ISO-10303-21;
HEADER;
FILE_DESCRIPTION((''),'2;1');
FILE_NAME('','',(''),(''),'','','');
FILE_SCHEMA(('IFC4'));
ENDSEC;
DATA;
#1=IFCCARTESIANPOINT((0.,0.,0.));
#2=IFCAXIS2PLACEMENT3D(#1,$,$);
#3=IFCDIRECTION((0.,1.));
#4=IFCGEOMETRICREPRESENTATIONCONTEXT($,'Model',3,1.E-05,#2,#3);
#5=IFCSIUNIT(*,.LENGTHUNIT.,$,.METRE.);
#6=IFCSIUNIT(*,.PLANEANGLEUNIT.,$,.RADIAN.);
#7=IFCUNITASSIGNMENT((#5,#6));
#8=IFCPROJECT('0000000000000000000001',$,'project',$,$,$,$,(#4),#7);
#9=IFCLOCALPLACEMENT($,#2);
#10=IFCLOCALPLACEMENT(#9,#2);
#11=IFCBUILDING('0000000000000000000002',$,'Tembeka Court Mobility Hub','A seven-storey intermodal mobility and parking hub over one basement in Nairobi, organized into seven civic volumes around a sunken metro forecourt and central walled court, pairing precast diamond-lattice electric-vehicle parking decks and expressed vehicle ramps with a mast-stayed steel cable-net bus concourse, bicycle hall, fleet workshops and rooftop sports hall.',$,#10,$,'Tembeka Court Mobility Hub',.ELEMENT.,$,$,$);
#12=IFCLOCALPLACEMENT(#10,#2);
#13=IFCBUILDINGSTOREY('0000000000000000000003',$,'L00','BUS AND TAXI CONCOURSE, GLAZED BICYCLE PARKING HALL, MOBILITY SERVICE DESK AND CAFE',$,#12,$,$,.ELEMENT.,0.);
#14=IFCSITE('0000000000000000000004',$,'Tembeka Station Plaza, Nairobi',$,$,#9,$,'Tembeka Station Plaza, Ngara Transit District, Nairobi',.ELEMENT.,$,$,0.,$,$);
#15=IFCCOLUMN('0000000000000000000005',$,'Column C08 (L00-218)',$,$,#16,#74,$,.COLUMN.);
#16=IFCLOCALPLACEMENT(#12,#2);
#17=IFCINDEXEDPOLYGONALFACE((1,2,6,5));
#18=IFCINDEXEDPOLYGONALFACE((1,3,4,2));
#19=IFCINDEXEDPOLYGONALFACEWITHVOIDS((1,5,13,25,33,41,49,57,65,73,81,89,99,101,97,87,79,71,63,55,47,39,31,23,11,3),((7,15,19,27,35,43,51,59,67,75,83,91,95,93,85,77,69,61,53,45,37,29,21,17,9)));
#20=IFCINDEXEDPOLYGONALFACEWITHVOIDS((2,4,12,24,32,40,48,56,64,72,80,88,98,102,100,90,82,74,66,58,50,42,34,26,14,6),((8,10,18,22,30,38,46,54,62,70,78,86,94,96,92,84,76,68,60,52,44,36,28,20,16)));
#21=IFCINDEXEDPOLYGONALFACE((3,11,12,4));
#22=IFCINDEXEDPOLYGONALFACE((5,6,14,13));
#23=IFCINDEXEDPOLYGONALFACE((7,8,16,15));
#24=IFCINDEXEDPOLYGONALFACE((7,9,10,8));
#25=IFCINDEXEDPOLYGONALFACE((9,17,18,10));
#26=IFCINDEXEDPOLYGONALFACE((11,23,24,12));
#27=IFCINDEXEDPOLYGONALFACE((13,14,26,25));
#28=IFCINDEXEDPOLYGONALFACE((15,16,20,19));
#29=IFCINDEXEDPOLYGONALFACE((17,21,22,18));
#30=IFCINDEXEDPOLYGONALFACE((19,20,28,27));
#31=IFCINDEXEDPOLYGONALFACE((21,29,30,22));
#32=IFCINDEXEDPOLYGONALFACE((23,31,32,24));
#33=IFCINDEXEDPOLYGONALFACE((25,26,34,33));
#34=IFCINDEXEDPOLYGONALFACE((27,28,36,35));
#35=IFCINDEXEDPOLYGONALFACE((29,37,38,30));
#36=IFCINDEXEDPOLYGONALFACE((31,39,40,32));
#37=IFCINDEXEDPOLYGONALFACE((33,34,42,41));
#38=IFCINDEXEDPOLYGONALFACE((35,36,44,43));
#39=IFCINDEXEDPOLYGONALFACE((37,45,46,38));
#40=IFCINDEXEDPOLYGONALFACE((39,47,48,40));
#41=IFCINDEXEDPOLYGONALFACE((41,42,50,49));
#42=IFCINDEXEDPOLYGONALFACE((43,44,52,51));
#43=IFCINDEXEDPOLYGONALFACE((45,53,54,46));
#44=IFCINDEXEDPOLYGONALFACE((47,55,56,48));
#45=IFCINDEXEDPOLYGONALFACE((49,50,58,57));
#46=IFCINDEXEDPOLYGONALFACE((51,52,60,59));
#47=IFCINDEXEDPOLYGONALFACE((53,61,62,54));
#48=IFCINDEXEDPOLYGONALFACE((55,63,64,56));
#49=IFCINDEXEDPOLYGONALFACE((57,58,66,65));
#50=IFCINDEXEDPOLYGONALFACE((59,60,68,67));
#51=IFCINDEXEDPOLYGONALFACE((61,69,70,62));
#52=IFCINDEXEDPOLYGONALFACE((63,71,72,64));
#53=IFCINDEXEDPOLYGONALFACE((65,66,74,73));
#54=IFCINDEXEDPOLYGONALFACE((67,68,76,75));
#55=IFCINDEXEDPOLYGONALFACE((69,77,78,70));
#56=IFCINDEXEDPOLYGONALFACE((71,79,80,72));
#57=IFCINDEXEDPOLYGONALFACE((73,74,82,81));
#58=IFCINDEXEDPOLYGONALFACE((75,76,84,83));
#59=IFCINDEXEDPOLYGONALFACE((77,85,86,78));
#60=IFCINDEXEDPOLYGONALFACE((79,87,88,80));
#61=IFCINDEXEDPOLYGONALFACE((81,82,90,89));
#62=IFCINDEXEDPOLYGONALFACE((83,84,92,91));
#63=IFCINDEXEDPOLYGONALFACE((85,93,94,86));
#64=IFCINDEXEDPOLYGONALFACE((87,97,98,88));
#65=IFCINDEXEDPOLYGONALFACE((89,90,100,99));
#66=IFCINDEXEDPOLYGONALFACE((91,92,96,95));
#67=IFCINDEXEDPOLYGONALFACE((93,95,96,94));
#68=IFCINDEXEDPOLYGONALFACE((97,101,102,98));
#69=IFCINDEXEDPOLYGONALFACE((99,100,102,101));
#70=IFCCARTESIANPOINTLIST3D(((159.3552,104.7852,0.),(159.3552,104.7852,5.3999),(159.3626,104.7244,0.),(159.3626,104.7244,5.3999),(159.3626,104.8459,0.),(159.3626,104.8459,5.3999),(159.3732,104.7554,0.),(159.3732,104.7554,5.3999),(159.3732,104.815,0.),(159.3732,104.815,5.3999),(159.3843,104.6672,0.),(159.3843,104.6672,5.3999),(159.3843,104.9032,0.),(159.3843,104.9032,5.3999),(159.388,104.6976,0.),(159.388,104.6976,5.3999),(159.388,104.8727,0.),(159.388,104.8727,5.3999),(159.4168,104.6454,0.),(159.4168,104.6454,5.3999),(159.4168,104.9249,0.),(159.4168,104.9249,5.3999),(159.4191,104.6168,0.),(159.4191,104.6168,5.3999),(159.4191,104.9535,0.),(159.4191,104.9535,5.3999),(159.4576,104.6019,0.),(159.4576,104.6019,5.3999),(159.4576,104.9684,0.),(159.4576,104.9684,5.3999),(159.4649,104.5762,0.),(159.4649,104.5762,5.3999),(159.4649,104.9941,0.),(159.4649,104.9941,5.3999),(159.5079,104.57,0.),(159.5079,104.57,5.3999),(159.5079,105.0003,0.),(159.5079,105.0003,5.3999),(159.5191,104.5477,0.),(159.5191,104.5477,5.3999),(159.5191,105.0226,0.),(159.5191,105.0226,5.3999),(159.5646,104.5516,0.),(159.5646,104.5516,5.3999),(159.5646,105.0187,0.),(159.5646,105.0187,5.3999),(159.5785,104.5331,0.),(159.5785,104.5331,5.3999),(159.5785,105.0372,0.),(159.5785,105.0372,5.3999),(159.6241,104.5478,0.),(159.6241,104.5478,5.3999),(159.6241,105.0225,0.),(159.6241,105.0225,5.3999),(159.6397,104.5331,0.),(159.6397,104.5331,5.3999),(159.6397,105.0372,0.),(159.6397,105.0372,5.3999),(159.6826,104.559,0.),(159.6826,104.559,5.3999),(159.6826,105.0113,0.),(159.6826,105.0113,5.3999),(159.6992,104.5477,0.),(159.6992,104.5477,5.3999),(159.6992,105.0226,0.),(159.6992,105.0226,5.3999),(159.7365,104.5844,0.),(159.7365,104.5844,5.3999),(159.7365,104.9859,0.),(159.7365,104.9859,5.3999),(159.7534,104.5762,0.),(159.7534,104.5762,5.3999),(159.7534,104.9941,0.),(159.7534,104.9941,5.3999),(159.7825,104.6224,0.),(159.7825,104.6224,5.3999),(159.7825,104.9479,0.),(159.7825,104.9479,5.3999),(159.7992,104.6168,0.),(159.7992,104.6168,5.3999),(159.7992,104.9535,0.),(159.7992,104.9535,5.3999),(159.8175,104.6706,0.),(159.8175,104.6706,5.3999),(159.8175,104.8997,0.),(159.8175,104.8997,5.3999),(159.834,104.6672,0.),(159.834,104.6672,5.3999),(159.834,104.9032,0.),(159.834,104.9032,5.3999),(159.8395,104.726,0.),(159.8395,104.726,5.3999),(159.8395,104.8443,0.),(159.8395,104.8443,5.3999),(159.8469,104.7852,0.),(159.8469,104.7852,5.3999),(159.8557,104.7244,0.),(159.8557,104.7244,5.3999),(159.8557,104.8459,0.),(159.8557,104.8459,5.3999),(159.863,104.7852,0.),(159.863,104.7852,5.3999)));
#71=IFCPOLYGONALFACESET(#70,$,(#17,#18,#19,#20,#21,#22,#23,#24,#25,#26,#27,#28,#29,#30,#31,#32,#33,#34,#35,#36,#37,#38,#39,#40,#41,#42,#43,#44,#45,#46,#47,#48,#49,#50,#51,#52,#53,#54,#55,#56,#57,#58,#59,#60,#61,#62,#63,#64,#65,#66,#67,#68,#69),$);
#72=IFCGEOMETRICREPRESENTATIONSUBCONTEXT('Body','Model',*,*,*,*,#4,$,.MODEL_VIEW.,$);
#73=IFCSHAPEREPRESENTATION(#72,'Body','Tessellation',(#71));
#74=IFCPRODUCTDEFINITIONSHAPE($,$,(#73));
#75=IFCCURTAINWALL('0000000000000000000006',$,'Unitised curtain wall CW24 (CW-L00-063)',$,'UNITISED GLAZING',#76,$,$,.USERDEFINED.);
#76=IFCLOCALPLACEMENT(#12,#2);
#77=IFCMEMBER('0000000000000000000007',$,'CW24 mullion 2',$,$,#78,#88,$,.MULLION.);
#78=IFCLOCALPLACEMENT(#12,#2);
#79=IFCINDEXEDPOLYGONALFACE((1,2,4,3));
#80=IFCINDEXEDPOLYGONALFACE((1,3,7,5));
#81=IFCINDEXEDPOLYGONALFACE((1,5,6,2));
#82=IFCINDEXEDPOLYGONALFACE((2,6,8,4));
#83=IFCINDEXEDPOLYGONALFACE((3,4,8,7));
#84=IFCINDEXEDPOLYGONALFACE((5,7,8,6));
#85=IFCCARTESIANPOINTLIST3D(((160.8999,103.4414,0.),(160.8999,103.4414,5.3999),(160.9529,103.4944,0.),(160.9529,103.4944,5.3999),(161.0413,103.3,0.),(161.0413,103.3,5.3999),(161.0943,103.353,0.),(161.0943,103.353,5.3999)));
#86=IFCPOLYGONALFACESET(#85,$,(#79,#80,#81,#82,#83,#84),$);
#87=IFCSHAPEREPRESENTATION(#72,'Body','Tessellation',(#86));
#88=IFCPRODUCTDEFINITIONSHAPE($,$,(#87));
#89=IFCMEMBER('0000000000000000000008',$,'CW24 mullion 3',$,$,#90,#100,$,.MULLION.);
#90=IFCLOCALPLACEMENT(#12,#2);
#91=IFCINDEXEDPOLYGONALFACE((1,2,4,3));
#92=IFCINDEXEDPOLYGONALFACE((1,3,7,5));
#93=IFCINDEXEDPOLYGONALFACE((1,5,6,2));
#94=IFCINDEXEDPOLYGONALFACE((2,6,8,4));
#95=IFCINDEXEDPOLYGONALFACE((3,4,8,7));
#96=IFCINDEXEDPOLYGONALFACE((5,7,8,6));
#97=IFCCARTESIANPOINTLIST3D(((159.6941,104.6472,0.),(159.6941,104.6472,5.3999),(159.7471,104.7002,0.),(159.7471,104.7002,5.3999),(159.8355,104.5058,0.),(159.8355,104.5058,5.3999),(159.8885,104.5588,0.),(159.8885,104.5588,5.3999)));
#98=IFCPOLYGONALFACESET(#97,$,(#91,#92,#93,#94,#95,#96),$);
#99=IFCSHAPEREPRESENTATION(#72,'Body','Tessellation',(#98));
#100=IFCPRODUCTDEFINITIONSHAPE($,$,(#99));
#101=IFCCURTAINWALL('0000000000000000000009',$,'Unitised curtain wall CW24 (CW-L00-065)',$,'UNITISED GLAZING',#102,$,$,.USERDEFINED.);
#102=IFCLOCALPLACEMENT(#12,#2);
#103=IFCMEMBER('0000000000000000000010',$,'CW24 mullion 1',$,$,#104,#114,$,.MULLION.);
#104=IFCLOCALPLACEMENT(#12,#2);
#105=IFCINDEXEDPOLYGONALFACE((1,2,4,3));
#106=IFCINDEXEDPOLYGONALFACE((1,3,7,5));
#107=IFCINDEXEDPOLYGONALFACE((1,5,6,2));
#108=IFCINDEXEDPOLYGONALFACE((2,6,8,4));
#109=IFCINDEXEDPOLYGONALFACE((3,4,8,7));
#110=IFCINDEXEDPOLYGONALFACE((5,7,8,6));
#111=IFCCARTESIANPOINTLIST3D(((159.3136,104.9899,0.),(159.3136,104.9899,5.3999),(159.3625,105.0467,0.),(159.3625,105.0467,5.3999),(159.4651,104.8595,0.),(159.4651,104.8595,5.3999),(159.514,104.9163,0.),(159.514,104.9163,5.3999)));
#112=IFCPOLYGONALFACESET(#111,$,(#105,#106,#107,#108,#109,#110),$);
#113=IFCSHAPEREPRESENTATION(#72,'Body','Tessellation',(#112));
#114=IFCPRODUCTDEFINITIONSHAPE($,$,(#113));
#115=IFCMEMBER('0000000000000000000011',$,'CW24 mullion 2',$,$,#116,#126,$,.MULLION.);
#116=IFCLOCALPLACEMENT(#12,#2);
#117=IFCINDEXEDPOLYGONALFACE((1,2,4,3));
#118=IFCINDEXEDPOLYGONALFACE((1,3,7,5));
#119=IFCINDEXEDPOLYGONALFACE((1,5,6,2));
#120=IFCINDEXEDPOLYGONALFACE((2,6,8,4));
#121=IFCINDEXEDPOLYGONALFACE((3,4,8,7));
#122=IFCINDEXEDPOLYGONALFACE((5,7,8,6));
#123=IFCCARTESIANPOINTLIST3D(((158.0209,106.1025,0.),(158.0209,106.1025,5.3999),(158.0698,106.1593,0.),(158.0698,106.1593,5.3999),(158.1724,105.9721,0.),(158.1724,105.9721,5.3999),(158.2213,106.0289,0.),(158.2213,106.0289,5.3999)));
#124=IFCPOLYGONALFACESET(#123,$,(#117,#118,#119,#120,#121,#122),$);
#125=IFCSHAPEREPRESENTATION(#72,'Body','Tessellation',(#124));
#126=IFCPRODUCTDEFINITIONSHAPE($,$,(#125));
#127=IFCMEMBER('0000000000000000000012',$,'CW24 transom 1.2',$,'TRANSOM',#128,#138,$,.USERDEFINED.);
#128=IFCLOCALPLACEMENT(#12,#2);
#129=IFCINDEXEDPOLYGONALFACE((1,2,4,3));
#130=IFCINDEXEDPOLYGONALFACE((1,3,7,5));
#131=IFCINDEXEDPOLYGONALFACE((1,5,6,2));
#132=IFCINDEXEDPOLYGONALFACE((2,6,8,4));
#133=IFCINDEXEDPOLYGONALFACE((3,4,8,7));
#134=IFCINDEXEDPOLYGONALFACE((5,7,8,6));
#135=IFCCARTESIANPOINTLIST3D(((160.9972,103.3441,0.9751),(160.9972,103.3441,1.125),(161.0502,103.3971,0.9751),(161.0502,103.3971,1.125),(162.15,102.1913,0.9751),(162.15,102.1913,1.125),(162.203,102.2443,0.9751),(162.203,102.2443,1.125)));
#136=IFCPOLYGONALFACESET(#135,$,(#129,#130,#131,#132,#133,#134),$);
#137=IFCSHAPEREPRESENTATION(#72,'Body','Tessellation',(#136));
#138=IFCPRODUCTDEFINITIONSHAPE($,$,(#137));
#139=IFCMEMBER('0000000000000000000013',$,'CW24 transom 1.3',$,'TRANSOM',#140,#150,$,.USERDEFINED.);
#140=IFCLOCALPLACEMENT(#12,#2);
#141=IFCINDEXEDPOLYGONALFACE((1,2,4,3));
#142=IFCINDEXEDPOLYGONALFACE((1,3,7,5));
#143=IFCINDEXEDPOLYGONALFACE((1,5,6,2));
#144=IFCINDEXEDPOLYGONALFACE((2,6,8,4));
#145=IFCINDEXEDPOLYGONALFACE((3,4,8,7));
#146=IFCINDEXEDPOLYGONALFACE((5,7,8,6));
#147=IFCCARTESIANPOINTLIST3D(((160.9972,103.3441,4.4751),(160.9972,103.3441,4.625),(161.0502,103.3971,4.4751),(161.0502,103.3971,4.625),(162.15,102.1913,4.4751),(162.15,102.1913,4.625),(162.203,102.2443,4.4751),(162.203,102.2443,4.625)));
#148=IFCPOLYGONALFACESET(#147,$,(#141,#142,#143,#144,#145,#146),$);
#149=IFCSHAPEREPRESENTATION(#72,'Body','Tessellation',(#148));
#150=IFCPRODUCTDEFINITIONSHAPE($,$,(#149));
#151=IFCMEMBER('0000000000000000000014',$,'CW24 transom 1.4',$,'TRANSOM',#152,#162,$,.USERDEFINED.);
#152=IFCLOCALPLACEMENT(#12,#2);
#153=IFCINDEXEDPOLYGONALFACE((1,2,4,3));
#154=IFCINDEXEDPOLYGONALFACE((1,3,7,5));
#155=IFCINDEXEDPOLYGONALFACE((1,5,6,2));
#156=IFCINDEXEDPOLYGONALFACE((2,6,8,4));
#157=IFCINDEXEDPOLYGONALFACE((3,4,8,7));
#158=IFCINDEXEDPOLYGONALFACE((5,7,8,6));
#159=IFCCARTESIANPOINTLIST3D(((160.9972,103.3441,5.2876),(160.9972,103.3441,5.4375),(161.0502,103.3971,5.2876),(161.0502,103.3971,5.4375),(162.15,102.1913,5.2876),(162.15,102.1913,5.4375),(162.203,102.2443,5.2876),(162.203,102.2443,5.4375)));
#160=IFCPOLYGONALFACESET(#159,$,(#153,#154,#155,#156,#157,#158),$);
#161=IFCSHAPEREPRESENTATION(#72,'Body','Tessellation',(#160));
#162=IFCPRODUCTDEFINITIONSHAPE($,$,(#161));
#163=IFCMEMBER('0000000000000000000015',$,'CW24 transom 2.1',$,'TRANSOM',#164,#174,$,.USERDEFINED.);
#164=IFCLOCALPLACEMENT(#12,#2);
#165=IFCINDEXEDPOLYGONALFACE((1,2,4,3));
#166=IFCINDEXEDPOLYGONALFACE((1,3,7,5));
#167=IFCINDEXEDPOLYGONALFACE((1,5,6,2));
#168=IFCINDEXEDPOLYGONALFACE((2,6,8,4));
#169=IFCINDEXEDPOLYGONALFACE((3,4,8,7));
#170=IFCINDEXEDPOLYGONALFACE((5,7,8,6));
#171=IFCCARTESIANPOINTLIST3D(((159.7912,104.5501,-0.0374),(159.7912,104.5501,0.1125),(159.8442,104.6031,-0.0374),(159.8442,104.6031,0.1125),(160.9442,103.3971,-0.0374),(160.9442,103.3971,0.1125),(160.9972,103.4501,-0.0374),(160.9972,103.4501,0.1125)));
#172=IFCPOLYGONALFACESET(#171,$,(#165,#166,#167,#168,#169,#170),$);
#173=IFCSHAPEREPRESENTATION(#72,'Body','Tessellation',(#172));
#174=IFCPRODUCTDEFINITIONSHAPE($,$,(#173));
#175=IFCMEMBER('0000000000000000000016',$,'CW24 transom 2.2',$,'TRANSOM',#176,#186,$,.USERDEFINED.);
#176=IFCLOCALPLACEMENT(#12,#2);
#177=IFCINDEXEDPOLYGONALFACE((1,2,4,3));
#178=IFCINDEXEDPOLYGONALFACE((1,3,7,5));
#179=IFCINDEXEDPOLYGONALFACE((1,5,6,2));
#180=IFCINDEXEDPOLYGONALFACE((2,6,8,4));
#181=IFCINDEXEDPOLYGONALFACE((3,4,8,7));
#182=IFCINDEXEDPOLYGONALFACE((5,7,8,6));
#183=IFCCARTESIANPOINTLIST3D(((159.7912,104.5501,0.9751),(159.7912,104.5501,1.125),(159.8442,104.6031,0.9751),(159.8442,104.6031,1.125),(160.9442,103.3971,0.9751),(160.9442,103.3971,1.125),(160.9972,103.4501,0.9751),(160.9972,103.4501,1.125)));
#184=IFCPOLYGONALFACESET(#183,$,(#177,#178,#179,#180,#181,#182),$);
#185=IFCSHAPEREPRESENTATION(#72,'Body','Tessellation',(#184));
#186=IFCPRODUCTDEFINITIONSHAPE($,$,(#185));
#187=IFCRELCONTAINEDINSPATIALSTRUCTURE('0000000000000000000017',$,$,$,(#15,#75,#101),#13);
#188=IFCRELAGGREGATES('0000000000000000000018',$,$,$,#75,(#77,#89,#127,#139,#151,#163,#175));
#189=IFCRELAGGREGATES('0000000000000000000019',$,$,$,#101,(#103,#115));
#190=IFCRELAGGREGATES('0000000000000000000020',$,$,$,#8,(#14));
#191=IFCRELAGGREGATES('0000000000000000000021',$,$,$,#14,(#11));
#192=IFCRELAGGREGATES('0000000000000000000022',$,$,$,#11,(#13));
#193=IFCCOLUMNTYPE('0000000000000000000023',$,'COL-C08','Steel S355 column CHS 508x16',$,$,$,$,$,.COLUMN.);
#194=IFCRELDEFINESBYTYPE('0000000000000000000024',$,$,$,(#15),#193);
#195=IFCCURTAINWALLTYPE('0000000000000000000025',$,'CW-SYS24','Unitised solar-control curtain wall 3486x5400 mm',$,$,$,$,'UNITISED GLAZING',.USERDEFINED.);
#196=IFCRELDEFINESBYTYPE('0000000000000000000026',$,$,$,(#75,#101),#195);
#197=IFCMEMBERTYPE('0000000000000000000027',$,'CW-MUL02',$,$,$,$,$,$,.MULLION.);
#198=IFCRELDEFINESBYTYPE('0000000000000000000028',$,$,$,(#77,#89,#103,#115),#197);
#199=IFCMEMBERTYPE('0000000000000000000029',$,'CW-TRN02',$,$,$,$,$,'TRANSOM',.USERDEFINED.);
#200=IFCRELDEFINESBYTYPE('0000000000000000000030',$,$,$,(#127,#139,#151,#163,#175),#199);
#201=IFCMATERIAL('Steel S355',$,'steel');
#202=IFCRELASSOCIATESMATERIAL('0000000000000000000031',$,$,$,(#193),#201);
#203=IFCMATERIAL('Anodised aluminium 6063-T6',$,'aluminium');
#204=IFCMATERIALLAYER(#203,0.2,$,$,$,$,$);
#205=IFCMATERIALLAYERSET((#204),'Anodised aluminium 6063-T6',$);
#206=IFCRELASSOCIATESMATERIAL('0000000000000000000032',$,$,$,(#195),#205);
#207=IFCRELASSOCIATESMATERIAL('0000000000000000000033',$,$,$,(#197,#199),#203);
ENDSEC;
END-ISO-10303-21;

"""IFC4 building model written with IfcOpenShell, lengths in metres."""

from ifc_helpers import new_model, si_unit, direction, frame, origin, origin_2d, place, context, subcontext, project, spatial, rectangle, hollow_circle, extrude, material, layer, layer_set, material_profile, profile_set, type_object, element, aggregate, save


model = new_model("IFC4")

# Units and contexts
model_context = context("Model", 3, precision=1e-05, world=origin(), true_north=direction((0.0, 1.0)))
body_context = subcontext(model_context, "Body", "Model", "MODEL_VIEW")
ifc_project = project(units=[si_unit("LENGTHUNIT", "METRE"), si_unit("PLANEANGLEUNIT", "RADIAN")], contexts=[model_context])

# Site, building, storey
site_placement = place(None, origin())
site = spatial("IfcSite", under=ifc_project, at=site_placement, Name="Tembeka Station Plaza, Nairobi", LongName="Tembeka Station Plaza, Ngara Transit District, Nairobi", CompositionType="ELEMENT", RefElevation=0.0)
building_placement = place(site_placement, origin())
building = spatial("IfcBuilding", under=site, at=building_placement, Name="Tembeka Court Mobility Hub", Description="A seven-storey intermodal mobility and parking hub over one basement in Nairobi, organized into seven civic volumes around a sunken metro forecourt and central walled court, pairing precast diamond-lattice electric-vehicle parking decks and expressed vehicle ramps with a mast-stayed steel cable-net bus concourse, bicycle hall, fleet workshops and rooftop sports hall.", LongName="Tembeka Court Mobility Hub", CompositionType="ELEMENT")
storey_placement = place(building_placement, origin())
storey = spatial("IfcBuildingStorey", under=building, at=storey_placement, Name="L00", Description="BUS AND TAXI CONCOURSE, GLAZED BICYCLE PARKING HALL, MOBILITY SERVICE DESK AND CAFE", CompositionType="ELEMENT", Elevation=0.0)

# Column
ifc_material_1 = material(Name="Steel S355", Category="steel")
ifc_material_profile_1 = material_profile(ifc_material_1, hollow_circle(Radius=0.2539, WallThickness=0.0161, at=origin_2d()), Name="CHS 508x16")
ifc_profile_set_1 = profile_set([ifc_material_profile_1], Name="Steel S355")
column_type = type_object("IfcColumnType", Name="COL-C08", Description="Steel S355 column CHS 508x16", PredefinedType="COLUMN", material=ifc_profile_set_1)
column_placement = place(storey_placement, frame((159.6091, 104.7852, 0.0), z_axis=(0.0, 0.0, 1.0), x_axis=(1.0, 0.0, 0.0)))
element("IfcColumn", 1, at=column_placement, inside=storey, type_object=column_type, Name="Column C08 (L00-218)", PredefinedType="COLUMN", context=body_context, shape_type="SweptSolid", body=[
    extrude(hollow_circle(Radius=0.2539, WallThickness=0.0161, at=origin_2d()), origin(), (0.0, 0.0, 1.0), 5.3999),
])

# Curtain walls, members
ifc_material_2 = material(Name="Anodised aluminium 6063-T6", Category="aluminium")
ifc_layer_1 = layer(ifc_material_2, 0.2)
ifc_layer_set_1 = layer_set([ifc_layer_1], Name="Anodised aluminium 6063-T6")
curtain_wall_type = type_object("IfcCurtainWallType", Name="CW-SYS24", Description="Unitised solar-control curtain wall 3486x5400 mm", ElementType="UNITISED GLAZING", PredefinedType="USERDEFINED", material=ifc_layer_set_1)
curtain_wall_1_placement = place(storey_placement, origin())
curtain_wall_1 = element("IfcCurtainWall", 2, at=curtain_wall_1_placement, inside=storey, type_object=curtain_wall_type, Name="Unitised curtain wall CW24 (CW-L00-063)", ObjectType="UNITISED GLAZING", PredefinedType="USERDEFINED")
ifc_material_profile_2 = material_profile(ifc_material_2, rectangle(XDim=0.075, YDim=0.2, at=origin_2d()), Name="ALU-MUL 75x200")
ifc_profile_set_2 = profile_set([ifc_material_profile_2], Name="Anodised aluminium 6063-T6")
member_type_1 = type_object("IfcMemberType", Name="CW-MUL02", PredefinedType="MULLION", material=ifc_profile_set_2)
member_1_placement = place(storey_placement, frame((160.9971, 103.3972, 0.0), z_axis=(0.0, 0.0, 1.0), x_axis=(-0.707107, -0.707107, 0.0)))
member_1 = element("IfcMember", 3, at=member_1_placement, type_object=member_type_1, Name="CW24 mullion 2", PredefinedType="MULLION", context=body_context, shape_type="SweptSolid", body=[
    extrude(rectangle(XDim=0.075, YDim=0.2, at=origin_2d()), origin(), (0.0, 0.0, 1.0), 5.3999),
])
member_2_placement = place(storey_placement, frame((159.7913, 104.603, 0.0), z_axis=(0.0, 0.0, 1.0), x_axis=(-0.707107, -0.707107, 0.0)))
member_2 = element("IfcMember", 4, at=member_2_placement, type_object=member_type_1, Name="CW24 mullion 3", PredefinedType="MULLION", context=body_context, shape_type="SweptSolid", body=[
    extrude(rectangle(XDim=0.075, YDim=0.2, at=origin_2d()), origin(), (0.0, 0.0, 1.0), 5.3999),
])
curtain_wall_2_placement = place(storey_placement, origin())
curtain_wall_2 = element("IfcCurtainWall", 5, at=curtain_wall_2_placement, inside=storey, type_object=curtain_wall_type, Name="Unitised curtain wall CW24 (CW-L00-065)", ObjectType="UNITISED GLAZING", PredefinedType="USERDEFINED")
member_3_placement = place(storey_placement, frame((159.4138, 104.9531, 0.0), z_axis=(0.0, 0.0, 1.0), x_axis=(-0.652307, -0.757955, 0.0)))
member_3 = element("IfcMember", 6, at=member_3_placement, type_object=member_type_1, Name="CW24 mullion 1", PredefinedType="MULLION", context=body_context, shape_type="SweptSolid", body=[
    extrude(rectangle(XDim=0.075, YDim=0.2, at=origin_2d()), origin(), (0.0, 0.0, 1.0), 5.3999),
])
member_4_placement = place(storey_placement, frame((158.1211, 106.0657, 0.0), z_axis=(0.0, 0.0, 1.0), x_axis=(-0.652307, -0.757955, 0.0)))
member_4 = element("IfcMember", 7, at=member_4_placement, type_object=member_type_1, Name="CW24 mullion 2", PredefinedType="MULLION", context=body_context, shape_type="SweptSolid", body=[
    extrude(rectangle(XDim=0.075, YDim=0.2, at=origin_2d()), origin(), (0.0, 0.0, 1.0), 5.3999),
])

# Members
ifc_material_profile_3 = material_profile(ifc_material_2, rectangle(XDim=0.075, YDim=0.1499, at=origin_2d()), Name="ALU-TRN 75x150")
ifc_profile_set_3 = profile_set([ifc_material_profile_3], Name="Anodised aluminium 6063-T6")
member_type_2 = type_object("IfcMemberType", Name="CW-TRN02", ElementType="TRANSOM", PredefinedType="USERDEFINED", material=ifc_profile_set_3)
member_5_placement = place(storey_placement, frame((162.1765, 102.2178, 1.05), z_axis=(-0.707107, 0.707107, 0.0), x_axis=(-0.707107, -0.707107, 0.0)))
member_5 = element("IfcMember", 8, at=member_5_placement, type_object=member_type_2, Name="CW24 transom 1.2", ObjectType="TRANSOM", PredefinedType="USERDEFINED", context=body_context, shape_type="SweptSolid", body=[
    extrude(rectangle(XDim=0.075, YDim=0.1499, at=origin_2d()), origin(), (0.0, 0.0, 1.0), 1.6304),
])
member_6_placement = place(storey_placement, frame((162.1765, 102.2178, 4.55), z_axis=(-0.707107, 0.707107, 0.0), x_axis=(-0.707107, -0.707107, 0.0)))
member_6 = element("IfcMember", 9, at=member_6_placement, type_object=member_type_2, Name="CW24 transom 1.3", ObjectType="TRANSOM", PredefinedType="USERDEFINED", context=body_context, shape_type="SweptSolid", body=[
    extrude(rectangle(XDim=0.075, YDim=0.1499, at=origin_2d()), origin(), (0.0, 0.0, 1.0), 1.6304),
])
member_7_placement = place(storey_placement, frame((162.1765, 102.2178, 5.3625), z_axis=(-0.707107, 0.707107, 0.0), x_axis=(-0.707107, -0.707107, 0.0)))
member_7 = element("IfcMember", 10, at=member_7_placement, type_object=member_type_2, Name="CW24 transom 1.4", ObjectType="TRANSOM", PredefinedType="USERDEFINED", context=body_context, shape_type="SweptSolid", body=[
    extrude(rectangle(XDim=0.075, YDim=0.1499, at=origin_2d()), origin(), (0.0, 0.0, 1.0), 1.6304),
])
member_8_placement = place(storey_placement, frame((160.9707, 103.4236, 0.0376), z_axis=(-0.707107, 0.707107, 0.0), x_axis=(-0.707107, -0.707107, 0.0)))
member_8 = element("IfcMember", 11, at=member_8_placement, type_object=member_type_2, Name="CW24 transom 2.1", ObjectType="TRANSOM", PredefinedType="USERDEFINED", context=body_context, shape_type="SweptSolid", body=[
    extrude(rectangle(XDim=0.075, YDim=0.1499, at=origin_2d()), origin(), (0.0, 0.0, 1.0), 1.6306),
])
member_9_placement = place(storey_placement, frame((160.9707, 103.4236, 1.05), z_axis=(-0.707107, 0.707107, 0.0), x_axis=(-0.707107, -0.707107, 0.0)))
member_9 = element("IfcMember", 12, at=member_9_placement, type_object=member_type_2, Name="CW24 transom 2.2", ObjectType="TRANSOM", PredefinedType="USERDEFINED", context=body_context, shape_type="SweptSolid", body=[
    extrude(rectangle(XDim=0.075, YDim=0.1499, at=origin_2d()), origin(), (0.0, 0.0, 1.0), 1.6306),
])

aggregate(curtain_wall_1, [member_1, member_2, member_5, member_6, member_7, member_8, member_9])
aggregate(curtain_wall_2, [member_3, member_4])

save(model, "model.ifc")
